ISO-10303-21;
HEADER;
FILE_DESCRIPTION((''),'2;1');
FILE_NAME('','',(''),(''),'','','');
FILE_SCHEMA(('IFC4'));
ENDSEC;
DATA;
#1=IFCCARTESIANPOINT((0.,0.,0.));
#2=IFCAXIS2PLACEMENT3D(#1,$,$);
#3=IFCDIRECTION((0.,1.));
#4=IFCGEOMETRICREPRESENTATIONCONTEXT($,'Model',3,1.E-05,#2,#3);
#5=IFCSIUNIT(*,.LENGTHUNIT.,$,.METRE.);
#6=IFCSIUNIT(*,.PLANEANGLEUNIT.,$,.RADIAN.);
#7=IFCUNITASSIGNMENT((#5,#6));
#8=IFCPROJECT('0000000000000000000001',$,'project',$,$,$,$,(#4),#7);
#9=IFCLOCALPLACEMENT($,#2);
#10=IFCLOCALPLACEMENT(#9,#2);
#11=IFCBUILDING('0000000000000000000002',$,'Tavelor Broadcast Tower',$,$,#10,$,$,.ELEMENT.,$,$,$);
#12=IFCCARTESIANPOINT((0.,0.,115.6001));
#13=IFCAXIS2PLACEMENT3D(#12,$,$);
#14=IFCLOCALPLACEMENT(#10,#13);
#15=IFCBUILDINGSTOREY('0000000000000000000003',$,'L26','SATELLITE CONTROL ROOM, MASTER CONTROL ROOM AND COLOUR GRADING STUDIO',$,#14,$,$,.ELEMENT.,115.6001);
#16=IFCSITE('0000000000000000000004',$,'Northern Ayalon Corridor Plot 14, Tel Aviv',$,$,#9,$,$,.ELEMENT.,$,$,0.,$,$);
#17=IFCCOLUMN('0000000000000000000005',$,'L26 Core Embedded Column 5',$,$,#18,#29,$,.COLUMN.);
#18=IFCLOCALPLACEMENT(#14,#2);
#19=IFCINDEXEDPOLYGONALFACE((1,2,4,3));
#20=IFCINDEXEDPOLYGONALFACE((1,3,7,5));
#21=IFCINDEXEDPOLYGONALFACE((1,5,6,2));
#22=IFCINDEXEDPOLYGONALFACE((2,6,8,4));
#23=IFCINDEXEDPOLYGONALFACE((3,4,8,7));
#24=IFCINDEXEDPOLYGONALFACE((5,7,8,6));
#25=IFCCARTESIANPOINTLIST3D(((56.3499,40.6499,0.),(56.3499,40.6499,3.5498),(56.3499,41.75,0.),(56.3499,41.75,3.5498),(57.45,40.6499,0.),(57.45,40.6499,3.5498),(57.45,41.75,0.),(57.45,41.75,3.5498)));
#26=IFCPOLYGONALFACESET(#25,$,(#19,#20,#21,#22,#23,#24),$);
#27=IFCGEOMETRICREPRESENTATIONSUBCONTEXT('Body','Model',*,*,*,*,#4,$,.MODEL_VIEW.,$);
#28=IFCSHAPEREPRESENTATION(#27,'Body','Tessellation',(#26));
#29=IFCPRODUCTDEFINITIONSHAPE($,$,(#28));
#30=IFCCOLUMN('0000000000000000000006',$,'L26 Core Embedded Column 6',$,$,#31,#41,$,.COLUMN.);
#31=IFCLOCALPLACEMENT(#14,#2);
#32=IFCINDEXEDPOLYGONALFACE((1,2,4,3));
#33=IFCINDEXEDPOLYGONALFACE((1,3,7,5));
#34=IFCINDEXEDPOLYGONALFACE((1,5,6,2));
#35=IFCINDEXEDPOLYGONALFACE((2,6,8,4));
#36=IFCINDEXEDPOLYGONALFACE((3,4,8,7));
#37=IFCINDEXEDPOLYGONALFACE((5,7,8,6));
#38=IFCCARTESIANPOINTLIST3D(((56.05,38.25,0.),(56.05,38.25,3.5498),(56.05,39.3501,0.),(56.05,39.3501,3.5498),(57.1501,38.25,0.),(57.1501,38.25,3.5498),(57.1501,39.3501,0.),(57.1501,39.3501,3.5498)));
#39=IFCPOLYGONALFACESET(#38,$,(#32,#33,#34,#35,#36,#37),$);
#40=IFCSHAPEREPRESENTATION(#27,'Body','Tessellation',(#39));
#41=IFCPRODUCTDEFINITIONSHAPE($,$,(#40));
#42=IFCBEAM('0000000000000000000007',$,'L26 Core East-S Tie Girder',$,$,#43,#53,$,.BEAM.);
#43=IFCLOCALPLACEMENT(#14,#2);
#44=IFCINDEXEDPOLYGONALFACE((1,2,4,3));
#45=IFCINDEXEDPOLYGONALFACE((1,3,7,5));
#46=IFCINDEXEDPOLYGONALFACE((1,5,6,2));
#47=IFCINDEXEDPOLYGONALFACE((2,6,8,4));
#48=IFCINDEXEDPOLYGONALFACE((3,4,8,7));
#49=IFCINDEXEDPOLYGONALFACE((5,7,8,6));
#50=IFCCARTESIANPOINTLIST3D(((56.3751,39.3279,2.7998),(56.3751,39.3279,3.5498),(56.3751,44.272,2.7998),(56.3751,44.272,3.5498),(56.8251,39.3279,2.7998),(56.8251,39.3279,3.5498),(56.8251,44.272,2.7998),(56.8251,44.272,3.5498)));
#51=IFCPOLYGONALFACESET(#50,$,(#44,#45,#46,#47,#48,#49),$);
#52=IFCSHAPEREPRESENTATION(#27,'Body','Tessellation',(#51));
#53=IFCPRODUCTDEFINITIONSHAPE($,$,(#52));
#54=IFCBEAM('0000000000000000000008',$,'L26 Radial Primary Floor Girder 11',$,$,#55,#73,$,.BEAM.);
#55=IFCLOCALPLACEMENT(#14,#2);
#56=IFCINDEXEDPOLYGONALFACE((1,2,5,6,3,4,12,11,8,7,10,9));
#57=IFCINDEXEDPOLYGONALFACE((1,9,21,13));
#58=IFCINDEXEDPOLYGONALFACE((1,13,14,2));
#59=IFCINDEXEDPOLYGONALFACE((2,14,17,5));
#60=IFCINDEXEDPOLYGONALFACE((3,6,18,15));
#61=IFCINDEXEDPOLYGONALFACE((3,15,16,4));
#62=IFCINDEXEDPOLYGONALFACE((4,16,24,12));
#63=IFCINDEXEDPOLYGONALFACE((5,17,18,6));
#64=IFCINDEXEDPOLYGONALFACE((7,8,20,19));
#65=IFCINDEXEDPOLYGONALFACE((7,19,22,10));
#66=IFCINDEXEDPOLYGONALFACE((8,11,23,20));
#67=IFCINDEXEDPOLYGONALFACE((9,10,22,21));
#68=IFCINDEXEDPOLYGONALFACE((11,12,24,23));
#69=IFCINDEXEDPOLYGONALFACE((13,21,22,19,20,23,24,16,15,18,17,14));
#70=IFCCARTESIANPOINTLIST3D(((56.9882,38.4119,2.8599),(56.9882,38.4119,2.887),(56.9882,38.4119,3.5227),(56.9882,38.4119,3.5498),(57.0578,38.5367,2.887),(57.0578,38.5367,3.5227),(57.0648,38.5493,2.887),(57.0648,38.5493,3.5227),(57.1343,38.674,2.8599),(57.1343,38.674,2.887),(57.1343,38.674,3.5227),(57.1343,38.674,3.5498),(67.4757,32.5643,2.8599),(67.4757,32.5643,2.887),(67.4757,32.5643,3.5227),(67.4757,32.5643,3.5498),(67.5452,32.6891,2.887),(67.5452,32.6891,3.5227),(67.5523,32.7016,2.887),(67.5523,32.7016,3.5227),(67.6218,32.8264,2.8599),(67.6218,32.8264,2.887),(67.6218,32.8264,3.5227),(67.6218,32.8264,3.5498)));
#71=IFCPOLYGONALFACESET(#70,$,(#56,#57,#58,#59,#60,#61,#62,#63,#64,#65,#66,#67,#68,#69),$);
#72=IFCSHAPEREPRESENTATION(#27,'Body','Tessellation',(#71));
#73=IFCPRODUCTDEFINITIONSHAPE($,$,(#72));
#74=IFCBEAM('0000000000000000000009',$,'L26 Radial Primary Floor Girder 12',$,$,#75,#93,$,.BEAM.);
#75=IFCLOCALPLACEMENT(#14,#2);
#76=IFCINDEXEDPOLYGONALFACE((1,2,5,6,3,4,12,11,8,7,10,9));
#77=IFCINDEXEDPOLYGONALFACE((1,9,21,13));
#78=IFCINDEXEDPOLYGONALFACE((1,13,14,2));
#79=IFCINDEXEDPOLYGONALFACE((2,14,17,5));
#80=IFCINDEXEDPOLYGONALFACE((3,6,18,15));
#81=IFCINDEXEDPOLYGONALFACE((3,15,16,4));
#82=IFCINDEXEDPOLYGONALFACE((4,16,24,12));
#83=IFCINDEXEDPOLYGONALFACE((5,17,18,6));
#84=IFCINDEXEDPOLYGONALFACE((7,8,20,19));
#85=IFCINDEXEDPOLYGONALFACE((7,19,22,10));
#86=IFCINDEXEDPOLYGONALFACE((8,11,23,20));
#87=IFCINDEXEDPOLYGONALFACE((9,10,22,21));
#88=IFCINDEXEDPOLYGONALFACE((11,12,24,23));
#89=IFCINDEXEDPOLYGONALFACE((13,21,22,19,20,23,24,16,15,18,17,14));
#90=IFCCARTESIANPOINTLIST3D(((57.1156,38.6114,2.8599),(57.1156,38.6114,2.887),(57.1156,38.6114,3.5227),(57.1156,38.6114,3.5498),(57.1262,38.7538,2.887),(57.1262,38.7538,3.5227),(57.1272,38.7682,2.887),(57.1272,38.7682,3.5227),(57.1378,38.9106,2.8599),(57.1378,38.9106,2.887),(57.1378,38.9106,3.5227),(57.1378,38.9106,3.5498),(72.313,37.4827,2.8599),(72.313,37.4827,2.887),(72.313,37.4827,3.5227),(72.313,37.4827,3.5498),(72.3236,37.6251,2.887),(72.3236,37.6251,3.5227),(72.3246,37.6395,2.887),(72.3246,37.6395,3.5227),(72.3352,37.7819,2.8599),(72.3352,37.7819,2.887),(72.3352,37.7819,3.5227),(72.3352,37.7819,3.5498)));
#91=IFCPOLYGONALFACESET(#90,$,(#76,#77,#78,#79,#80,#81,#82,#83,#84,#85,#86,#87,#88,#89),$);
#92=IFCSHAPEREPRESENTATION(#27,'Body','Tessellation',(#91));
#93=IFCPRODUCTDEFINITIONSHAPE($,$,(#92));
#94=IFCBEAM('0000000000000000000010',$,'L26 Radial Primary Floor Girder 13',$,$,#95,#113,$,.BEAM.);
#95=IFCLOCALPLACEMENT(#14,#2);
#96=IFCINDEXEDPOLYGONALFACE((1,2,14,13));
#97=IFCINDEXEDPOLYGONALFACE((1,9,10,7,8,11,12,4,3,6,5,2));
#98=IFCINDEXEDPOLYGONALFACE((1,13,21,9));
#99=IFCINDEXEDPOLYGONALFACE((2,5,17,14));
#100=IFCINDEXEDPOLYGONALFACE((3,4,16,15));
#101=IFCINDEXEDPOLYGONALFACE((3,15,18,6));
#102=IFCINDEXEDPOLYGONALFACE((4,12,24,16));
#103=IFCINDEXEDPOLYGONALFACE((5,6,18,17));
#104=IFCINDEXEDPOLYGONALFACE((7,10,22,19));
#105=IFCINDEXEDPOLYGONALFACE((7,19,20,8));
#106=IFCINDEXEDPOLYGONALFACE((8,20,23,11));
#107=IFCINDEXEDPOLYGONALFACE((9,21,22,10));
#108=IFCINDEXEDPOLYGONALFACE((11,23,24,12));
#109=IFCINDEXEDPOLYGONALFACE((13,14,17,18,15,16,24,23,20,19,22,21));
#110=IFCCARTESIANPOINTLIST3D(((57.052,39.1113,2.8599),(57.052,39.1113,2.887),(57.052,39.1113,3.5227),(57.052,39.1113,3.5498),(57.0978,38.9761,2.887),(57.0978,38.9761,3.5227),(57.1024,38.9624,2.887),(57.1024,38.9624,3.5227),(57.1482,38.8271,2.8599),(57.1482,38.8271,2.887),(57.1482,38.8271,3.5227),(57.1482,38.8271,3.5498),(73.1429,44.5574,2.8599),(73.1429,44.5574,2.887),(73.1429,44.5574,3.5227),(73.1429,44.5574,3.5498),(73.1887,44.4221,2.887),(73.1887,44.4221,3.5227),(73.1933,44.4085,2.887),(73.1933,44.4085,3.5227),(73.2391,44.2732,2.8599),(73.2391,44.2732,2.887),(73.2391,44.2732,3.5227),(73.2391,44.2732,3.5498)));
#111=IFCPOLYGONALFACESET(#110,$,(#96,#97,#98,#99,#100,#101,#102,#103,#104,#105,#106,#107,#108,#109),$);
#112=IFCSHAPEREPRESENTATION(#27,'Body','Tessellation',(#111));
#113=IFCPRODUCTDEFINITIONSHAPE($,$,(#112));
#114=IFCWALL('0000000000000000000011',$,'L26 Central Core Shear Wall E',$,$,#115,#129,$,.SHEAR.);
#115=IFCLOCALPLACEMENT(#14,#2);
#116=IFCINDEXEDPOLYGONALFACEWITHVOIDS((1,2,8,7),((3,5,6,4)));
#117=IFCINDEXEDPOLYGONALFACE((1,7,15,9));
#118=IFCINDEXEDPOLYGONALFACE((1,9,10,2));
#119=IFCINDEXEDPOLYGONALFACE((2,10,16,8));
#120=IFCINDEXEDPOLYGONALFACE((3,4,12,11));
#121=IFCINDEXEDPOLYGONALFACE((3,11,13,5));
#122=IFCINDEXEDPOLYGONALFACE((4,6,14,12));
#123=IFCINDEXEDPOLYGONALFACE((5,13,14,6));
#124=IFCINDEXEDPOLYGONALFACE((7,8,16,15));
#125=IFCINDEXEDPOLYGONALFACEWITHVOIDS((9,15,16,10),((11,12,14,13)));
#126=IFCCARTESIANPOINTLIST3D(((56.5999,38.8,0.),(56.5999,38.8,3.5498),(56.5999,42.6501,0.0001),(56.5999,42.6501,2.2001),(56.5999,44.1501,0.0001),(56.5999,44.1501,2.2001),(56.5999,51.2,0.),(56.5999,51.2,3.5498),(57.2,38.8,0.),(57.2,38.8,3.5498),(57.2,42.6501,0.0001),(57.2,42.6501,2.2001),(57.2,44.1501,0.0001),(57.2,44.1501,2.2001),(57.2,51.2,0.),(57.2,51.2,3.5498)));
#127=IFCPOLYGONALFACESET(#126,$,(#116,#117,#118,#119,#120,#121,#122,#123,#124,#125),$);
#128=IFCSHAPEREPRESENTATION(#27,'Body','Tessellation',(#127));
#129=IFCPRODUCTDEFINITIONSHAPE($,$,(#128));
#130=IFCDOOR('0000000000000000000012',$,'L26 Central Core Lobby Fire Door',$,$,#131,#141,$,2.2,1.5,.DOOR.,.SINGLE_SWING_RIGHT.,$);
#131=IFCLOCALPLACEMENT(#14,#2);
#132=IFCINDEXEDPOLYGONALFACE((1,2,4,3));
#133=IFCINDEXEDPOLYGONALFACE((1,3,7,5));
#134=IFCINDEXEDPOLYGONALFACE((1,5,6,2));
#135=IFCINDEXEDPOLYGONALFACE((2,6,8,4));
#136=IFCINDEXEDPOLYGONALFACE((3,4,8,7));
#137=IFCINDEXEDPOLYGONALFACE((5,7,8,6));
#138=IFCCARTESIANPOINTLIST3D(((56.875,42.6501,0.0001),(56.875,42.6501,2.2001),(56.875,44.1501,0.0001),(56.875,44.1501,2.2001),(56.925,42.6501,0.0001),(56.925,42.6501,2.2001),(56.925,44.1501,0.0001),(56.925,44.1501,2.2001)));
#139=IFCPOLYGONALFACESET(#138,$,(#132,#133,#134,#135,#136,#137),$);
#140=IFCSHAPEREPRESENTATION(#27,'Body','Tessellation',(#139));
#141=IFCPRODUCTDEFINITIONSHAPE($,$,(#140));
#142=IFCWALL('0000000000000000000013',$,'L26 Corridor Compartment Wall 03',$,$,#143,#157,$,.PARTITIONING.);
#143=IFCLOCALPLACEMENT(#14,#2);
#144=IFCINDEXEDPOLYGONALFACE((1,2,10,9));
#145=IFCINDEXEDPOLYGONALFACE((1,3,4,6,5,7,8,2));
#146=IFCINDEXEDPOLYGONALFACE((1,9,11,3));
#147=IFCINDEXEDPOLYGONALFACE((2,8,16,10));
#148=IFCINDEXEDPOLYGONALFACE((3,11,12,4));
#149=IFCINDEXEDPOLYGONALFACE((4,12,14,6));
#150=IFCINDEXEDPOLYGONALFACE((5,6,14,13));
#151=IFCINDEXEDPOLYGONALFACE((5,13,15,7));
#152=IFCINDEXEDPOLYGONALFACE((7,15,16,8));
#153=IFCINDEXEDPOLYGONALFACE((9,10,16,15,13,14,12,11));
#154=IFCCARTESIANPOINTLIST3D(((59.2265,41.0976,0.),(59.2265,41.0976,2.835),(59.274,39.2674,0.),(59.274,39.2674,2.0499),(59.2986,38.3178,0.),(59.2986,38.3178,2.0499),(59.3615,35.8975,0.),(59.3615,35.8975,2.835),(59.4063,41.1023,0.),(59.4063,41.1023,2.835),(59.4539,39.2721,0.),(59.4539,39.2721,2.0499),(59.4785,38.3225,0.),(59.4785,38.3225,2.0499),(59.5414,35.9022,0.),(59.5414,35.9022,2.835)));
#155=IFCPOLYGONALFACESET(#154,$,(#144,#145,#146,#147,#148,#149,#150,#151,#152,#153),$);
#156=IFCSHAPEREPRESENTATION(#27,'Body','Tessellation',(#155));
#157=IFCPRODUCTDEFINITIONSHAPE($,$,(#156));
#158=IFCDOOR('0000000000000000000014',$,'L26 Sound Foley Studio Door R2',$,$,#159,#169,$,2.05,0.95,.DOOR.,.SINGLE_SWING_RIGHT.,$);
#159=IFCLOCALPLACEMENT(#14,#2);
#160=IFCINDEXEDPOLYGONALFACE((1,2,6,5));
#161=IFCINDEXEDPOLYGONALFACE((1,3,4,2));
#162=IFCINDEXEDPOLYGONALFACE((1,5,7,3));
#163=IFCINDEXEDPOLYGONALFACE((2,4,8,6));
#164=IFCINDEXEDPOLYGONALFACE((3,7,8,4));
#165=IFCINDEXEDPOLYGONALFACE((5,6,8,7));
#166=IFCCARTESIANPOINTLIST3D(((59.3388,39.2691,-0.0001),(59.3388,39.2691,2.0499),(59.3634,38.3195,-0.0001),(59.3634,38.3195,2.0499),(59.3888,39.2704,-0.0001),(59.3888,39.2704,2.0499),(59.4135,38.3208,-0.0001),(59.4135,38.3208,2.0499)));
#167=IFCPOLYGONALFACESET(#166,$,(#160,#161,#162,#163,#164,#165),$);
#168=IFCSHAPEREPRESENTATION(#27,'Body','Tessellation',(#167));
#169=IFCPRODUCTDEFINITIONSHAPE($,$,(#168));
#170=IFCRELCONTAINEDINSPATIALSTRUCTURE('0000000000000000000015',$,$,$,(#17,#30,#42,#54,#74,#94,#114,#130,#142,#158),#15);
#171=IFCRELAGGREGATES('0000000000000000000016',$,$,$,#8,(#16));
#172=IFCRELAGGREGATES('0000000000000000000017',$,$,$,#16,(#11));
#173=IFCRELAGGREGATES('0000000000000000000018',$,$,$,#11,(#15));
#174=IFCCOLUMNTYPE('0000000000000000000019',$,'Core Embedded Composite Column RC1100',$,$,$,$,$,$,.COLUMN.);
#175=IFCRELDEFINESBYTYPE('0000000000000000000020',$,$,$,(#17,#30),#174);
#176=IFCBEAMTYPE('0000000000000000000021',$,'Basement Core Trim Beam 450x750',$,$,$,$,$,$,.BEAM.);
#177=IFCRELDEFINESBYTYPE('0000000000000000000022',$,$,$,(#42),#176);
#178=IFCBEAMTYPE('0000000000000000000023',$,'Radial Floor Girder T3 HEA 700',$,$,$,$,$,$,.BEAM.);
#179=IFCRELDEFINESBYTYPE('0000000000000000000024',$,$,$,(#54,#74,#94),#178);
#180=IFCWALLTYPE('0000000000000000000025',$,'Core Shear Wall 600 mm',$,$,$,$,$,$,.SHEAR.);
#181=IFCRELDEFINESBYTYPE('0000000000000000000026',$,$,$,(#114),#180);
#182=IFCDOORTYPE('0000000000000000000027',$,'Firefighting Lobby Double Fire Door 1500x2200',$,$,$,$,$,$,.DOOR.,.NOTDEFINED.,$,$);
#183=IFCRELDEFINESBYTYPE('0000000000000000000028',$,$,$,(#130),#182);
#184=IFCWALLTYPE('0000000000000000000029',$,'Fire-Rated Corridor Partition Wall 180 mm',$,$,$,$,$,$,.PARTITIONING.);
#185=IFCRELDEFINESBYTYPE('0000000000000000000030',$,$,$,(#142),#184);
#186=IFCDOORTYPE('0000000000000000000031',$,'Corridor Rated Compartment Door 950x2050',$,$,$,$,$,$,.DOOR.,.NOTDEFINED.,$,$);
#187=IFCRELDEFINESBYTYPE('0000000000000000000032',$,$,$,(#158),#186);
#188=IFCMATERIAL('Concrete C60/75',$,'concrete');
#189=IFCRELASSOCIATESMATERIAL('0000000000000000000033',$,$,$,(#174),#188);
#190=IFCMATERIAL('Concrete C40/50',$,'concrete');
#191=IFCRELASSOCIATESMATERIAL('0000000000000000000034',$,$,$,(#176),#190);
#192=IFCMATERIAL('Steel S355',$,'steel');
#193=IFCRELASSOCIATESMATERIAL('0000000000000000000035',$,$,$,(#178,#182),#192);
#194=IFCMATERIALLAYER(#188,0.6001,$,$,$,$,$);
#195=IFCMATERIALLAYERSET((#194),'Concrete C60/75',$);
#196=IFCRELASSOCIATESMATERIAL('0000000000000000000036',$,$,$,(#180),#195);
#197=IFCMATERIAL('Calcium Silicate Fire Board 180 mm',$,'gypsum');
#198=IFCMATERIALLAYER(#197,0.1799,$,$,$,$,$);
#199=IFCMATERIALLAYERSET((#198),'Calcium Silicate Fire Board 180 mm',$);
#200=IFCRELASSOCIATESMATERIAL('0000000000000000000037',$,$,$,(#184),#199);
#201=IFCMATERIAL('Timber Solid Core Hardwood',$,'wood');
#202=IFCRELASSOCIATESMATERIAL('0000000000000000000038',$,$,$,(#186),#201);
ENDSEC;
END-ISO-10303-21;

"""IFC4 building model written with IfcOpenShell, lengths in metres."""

from ifc_helpers import new_model, si_unit, direction, frame, frame_2d, origin, origin_2d, place, context, subcontext, project, spatial, rectangle, i_section, extrude, material, layer, layer_set, material_profile, profile_set, type_object, element, fill, save


model = new_model("IFC4")

# Units and contexts
model_context = context("Model", 3, precision=1e-05, world=origin(), true_north=direction((0.0, 1.0)))
body_context = subcontext(model_context, "Body", "Model", "MODEL_VIEW")
ifc_project = project(units=[si_unit("LENGTHUNIT", "METRE"), si_unit("PLANEANGLEUNIT", "RADIAN")], contexts=[model_context])

# Site, building, storey
site_placement = place(None, origin())
site = spatial("IfcSite", under=ifc_project, at=site_placement, Name="Northern Ayalon Corridor Plot 14, Tel Aviv", CompositionType="ELEMENT", RefElevation=0.0)
building_placement = place(site_placement, origin())
building = spatial("IfcBuilding", under=site, at=building_placement, Name="Tavelor Broadcast Tower", CompositionType="ELEMENT")
storey_placement = place(building_placement, frame((0.0, 0.0, 115.6001)))
storey = spatial("IfcBuildingStorey", under=building, at=storey_placement, Name="L26", Description="SATELLITE CONTROL ROOM, MASTER CONTROL ROOM AND COLOUR GRADING STUDIO", CompositionType="ELEMENT", Elevation=115.6001)

# Columns
ifc_material_1 = material(Name="Concrete C60/75", Category="concrete")
ifc_material_profile_1 = material_profile(ifc_material_1, rectangle(XDim=1.1001, YDim=1.1001, at=origin_2d()), Name="RC 1100x1100")
ifc_profile_set_1 = profile_set([ifc_material_profile_1], Name="Concrete C60/75")
column_type = type_object("IfcColumnType", Name="Core Embedded Composite Column RC1100", PredefinedType="COLUMN", material=ifc_profile_set_1)
for number, where, z_axis, x_axis, name in (
    (1, (56.8999, 41.2, 0.0), (0.0, 0.0, 1.0), (1.0, 0.0, 0.0), "L26 Core Embedded Column 5"),
    (2, (56.6001, 38.8, 0.0), (0.0, 0.0, 1.0), (1.0, 0.0, 0.0), "L26 Core Embedded Column 6"),
):
    element("IfcColumn", number, at=place(storey_placement, frame(where, z_axis=z_axis, x_axis=x_axis)), inside=storey, type_object=column_type, Name=name, PredefinedType="COLUMN", context=body_context, shape_type="SweptSolid", body=[
        extrude(rectangle(XDim=1.1001, YDim=1.1001, at=origin_2d()), origin(), (0.0, 0.0, 1.0), 3.5498),
    ])

# Beams
ifc_material_2 = material(Name="Concrete C40/50", Category="concrete")
ifc_material_profile_2 = material_profile(ifc_material_2, rectangle(XDim=0.45, YDim=0.75, at=origin_2d()), Name="RC 450x750")
ifc_profile_set_2 = profile_set([ifc_material_profile_2], Name="Concrete C40/50")
beam_type_1 = type_object("IfcBeamType", Name="Basement Core Trim Beam 450x750", PredefinedType="BEAM", material=ifc_profile_set_2)
beam_1_placement = place(storey_placement, frame((56.6001, 39.3279, 3.1748), z_axis=(0.0, 1.0, 0.0), x_axis=(-1.0, 0.0, 0.0)))
element("IfcBeam", 3, at=beam_1_placement, inside=storey, type_object=beam_type_1, Name="L26 Core East-S Tie Girder", PredefinedType="BEAM", context=body_context, shape_type="SweptSolid", body=[
    extrude(rectangle(XDim=0.45, YDim=0.75, at=origin_2d()), origin(), (0.0, 0.0, 1.0), 4.9441),
])
ifc_material_3 = material(Name="Steel S355", Category="steel")
ifc_material_profile_3 = material_profile(ifc_material_3, i_section(OverallWidth=0.3, OverallDepth=0.6899, WebThickness=0.0144, FlangeThickness=0.0271, at=origin_2d()), Name="HEA 700")
ifc_profile_set_3 = profile_set([ifc_material_profile_3], Name="Steel S355")
beam_type_2 = type_object("IfcBeamType", Name="Radial Floor Girder T3 HEA 700", PredefinedType="BEAM", material=ifc_profile_set_3)
beam_2_placement = place(storey_placement, frame((57.0613, 38.543, 3.2048), z_axis=(0.873405, -0.486994, 0.0), x_axis=(0.486994, 0.873405, 0.0)))
element("IfcBeam", 4, at=beam_2_placement, inside=storey, type_object=beam_type_2, Name="L26 Radial Primary Floor Girder 11", PredefinedType="BEAM", context=body_context, shape_type="SweptSolid", body=[
    extrude(i_section(OverallWidth=0.3, OverallDepth=0.6899, WebThickness=0.0144, FlangeThickness=0.0271, at=origin_2d()), origin(), (0.0, 0.0, 1.0), 12.0076),
])
beam_3_placement = place(storey_placement, frame((57.1267, 38.761, 3.2048), z_axis=(0.997254, -0.074062, 0.0), x_axis=(0.074062, 0.997254, 0.0)))
element("IfcBeam", 5, at=beam_3_placement, inside=storey, type_object=beam_type_2, Name="L26 Radial Primary Floor Girder 12", PredefinedType="BEAM", context=body_context, shape_type="SweptSolid", body=[
    extrude(i_section(OverallWidth=0.3, OverallDepth=0.6899, WebThickness=0.0144, FlangeThickness=0.0271, at=origin_2d()), origin(), (0.0, 0.0, 1.0), 15.2393),
])
beam_4_placement = place(storey_placement, frame((57.1001, 38.9692, 3.2048), z_axis=(0.947217, 0.320592, 0.0), x_axis=(-0.320592, 0.947217, 0.0)))
element("IfcBeam", 6, at=beam_4_placement, inside=storey, type_object=beam_type_2, Name="L26 Radial Primary Floor Girder 13", PredefinedType="BEAM", context=body_context, shape_type="SweptSolid", body=[
    extrude(i_section(OverallWidth=0.3, OverallDepth=0.6899, WebThickness=0.0144, FlangeThickness=0.0271, at=origin_2d()), origin(), (0.0, 0.0, 1.0), 16.9875),
])

# Walls, openings, doors
ifc_layer_1 = layer(ifc_material_1, 0.6001)
ifc_layer_set_1 = layer_set([ifc_layer_1], Name="Concrete C60/75")
wall_type_1 = type_object("IfcWallType", Name="Core Shear Wall 600 mm", PredefinedType="SHEAR", material=ifc_layer_set_1)
wall_1_placement = place(storey_placement, frame((56.8999, 38.8, 0.0), z_axis=(0.0, 0.0, 1.0), x_axis=(0.0, 1.0, 0.0)))
wall_1 = element("IfcWall", 7, at=wall_1_placement, inside=storey, type_object=wall_type_1, Name="L26 Central Core Shear Wall E", PredefinedType="SHEAR", context=body_context, shape_type="SweptSolid", body=[
    extrude(rectangle(XDim=12.3999, YDim=0.6001, at=frame_2d((6.2, 0.0))), origin(), (0.0, 0.0, 1.0), 3.5498),
])
opening_1_placement = place(wall_1_placement, frame((3.8501, 0.0, 0.0)))
opening_1 = element("IfcOpeningElement", 8, at=opening_1_placement, cuts=wall_1, PredefinedType="OPENING", context=body_context, shape_type="SweptSolid", body=[
    extrude(rectangle(XDim=1.5, YDim=2.2, at=frame_2d((0.75, 1.1001))), frame((0.0, 0.3101, 0.0), z_axis=(0.0, -1.0, 0.0), x_axis=(1.0, 0.0, 0.0)), (0.0, 0.0, 1.0), 0.6201),
])
door_type_1 = type_object("IfcDoorType", Name="Firefighting Lobby Double Fire Door 1500x2200", OperationType="NOTDEFINED", PredefinedType="DOOR", material=ifc_material_3)
door_1_placement = place(opening_1_placement, origin())
door_1 = element("IfcDoor", 9, at=door_1_placement, inside=storey, type_object=door_type_1, Name="L26 Central Core Lobby Fire Door", OperationType="SINGLE_SWING_RIGHT", OverallHeight=2.2, OverallWidth=1.5, PredefinedType="DOOR", context=body_context, shape_type="SweptSolid", body=[
    extrude(rectangle(XDim=1.5, YDim=2.2, at=frame_2d((0.75, 1.1001))), frame((0.0, 0.0249, 0.0), z_axis=(0.0, -1.0, 0.0), x_axis=(1.0, 0.0, 0.0)), (0.0, 0.0, 1.0), 0.05),
])
fill(opening_1, door_1)
ifc_material_4 = material(Name="Calcium Silicate Fire Board 180 mm", Category="gypsum")
ifc_layer_2 = layer(ifc_material_4, 0.1799)
ifc_layer_set_2 = layer_set([ifc_layer_2], Name="Calcium Silicate Fire Board 180 mm")
wall_type_2 = type_object("IfcWallType", Name="Fire-Rated Corridor Partition Wall 180 mm", PredefinedType="PARTITIONING", material=ifc_layer_set_2)
wall_2_placement = place(storey_placement, frame((59.3164, 41.1001, 0.0), z_axis=(0.0, 0.0, 1.0), x_axis=(0.025954, -0.999663, 0.0)))
wall_2 = element("IfcWall", 10, at=wall_2_placement, inside=storey, type_object=wall_type_2, Name="L26 Corridor Compartment Wall 03", PredefinedType="PARTITIONING", context=body_context, shape_type="SweptSolid", body=[
    extrude(rectangle(XDim=5.2019, YDim=0.1799, at=frame_2d((2.6011, 0.0))), origin(), (0.0, 0.0, 1.0), 2.835),
])
opening_2_placement = place(wall_2_placement, frame((1.8308, 0.0, 0.0)))
opening_2 = element("IfcOpeningElement", 11, at=opening_2_placement, cuts=wall_2, PredefinedType="OPENING", context=body_context, shape_type="SweptSolid", body=[
    extrude(rectangle(XDim=0.95, YDim=2.05, at=frame_2d((0.4751, 1.0249))), frame((0.0, 0.1001, 0.0), z_axis=(0.0, -1.0, 0.0), x_axis=(1.0, 0.0, 0.0)), (0.0, 0.0, 1.0), 0.2),
])
ifc_material_5 = material(Name="Timber Solid Core Hardwood", Category="wood")
door_type_2 = type_object("IfcDoorType", Name="Corridor Rated Compartment Door 950x2050", OperationType="NOTDEFINED", PredefinedType="DOOR", material=ifc_material_5)
door_2_placement = place(opening_2_placement, origin())
door_2 = element("IfcDoor", 12, at=door_2_placement, inside=storey, type_object=door_type_2, Name="L26 Sound Foley Studio Door R2", OperationType="SINGLE_SWING_RIGHT", OverallHeight=2.05, OverallWidth=0.95, PredefinedType="DOOR", context=body_context, shape_type="SweptSolid", body=[
    extrude(rectangle(XDim=0.95, YDim=2.05, at=frame_2d((0.4751, 1.0249))), frame((0.0, 0.0249, 0.0), z_axis=(0.0, -1.0, 0.0), x_axis=(1.0, 0.0, 0.0)), (0.0, 0.0, 1.0), 0.05),
])
fill(opening_2, door_2)

save(model, "model.ifc")
